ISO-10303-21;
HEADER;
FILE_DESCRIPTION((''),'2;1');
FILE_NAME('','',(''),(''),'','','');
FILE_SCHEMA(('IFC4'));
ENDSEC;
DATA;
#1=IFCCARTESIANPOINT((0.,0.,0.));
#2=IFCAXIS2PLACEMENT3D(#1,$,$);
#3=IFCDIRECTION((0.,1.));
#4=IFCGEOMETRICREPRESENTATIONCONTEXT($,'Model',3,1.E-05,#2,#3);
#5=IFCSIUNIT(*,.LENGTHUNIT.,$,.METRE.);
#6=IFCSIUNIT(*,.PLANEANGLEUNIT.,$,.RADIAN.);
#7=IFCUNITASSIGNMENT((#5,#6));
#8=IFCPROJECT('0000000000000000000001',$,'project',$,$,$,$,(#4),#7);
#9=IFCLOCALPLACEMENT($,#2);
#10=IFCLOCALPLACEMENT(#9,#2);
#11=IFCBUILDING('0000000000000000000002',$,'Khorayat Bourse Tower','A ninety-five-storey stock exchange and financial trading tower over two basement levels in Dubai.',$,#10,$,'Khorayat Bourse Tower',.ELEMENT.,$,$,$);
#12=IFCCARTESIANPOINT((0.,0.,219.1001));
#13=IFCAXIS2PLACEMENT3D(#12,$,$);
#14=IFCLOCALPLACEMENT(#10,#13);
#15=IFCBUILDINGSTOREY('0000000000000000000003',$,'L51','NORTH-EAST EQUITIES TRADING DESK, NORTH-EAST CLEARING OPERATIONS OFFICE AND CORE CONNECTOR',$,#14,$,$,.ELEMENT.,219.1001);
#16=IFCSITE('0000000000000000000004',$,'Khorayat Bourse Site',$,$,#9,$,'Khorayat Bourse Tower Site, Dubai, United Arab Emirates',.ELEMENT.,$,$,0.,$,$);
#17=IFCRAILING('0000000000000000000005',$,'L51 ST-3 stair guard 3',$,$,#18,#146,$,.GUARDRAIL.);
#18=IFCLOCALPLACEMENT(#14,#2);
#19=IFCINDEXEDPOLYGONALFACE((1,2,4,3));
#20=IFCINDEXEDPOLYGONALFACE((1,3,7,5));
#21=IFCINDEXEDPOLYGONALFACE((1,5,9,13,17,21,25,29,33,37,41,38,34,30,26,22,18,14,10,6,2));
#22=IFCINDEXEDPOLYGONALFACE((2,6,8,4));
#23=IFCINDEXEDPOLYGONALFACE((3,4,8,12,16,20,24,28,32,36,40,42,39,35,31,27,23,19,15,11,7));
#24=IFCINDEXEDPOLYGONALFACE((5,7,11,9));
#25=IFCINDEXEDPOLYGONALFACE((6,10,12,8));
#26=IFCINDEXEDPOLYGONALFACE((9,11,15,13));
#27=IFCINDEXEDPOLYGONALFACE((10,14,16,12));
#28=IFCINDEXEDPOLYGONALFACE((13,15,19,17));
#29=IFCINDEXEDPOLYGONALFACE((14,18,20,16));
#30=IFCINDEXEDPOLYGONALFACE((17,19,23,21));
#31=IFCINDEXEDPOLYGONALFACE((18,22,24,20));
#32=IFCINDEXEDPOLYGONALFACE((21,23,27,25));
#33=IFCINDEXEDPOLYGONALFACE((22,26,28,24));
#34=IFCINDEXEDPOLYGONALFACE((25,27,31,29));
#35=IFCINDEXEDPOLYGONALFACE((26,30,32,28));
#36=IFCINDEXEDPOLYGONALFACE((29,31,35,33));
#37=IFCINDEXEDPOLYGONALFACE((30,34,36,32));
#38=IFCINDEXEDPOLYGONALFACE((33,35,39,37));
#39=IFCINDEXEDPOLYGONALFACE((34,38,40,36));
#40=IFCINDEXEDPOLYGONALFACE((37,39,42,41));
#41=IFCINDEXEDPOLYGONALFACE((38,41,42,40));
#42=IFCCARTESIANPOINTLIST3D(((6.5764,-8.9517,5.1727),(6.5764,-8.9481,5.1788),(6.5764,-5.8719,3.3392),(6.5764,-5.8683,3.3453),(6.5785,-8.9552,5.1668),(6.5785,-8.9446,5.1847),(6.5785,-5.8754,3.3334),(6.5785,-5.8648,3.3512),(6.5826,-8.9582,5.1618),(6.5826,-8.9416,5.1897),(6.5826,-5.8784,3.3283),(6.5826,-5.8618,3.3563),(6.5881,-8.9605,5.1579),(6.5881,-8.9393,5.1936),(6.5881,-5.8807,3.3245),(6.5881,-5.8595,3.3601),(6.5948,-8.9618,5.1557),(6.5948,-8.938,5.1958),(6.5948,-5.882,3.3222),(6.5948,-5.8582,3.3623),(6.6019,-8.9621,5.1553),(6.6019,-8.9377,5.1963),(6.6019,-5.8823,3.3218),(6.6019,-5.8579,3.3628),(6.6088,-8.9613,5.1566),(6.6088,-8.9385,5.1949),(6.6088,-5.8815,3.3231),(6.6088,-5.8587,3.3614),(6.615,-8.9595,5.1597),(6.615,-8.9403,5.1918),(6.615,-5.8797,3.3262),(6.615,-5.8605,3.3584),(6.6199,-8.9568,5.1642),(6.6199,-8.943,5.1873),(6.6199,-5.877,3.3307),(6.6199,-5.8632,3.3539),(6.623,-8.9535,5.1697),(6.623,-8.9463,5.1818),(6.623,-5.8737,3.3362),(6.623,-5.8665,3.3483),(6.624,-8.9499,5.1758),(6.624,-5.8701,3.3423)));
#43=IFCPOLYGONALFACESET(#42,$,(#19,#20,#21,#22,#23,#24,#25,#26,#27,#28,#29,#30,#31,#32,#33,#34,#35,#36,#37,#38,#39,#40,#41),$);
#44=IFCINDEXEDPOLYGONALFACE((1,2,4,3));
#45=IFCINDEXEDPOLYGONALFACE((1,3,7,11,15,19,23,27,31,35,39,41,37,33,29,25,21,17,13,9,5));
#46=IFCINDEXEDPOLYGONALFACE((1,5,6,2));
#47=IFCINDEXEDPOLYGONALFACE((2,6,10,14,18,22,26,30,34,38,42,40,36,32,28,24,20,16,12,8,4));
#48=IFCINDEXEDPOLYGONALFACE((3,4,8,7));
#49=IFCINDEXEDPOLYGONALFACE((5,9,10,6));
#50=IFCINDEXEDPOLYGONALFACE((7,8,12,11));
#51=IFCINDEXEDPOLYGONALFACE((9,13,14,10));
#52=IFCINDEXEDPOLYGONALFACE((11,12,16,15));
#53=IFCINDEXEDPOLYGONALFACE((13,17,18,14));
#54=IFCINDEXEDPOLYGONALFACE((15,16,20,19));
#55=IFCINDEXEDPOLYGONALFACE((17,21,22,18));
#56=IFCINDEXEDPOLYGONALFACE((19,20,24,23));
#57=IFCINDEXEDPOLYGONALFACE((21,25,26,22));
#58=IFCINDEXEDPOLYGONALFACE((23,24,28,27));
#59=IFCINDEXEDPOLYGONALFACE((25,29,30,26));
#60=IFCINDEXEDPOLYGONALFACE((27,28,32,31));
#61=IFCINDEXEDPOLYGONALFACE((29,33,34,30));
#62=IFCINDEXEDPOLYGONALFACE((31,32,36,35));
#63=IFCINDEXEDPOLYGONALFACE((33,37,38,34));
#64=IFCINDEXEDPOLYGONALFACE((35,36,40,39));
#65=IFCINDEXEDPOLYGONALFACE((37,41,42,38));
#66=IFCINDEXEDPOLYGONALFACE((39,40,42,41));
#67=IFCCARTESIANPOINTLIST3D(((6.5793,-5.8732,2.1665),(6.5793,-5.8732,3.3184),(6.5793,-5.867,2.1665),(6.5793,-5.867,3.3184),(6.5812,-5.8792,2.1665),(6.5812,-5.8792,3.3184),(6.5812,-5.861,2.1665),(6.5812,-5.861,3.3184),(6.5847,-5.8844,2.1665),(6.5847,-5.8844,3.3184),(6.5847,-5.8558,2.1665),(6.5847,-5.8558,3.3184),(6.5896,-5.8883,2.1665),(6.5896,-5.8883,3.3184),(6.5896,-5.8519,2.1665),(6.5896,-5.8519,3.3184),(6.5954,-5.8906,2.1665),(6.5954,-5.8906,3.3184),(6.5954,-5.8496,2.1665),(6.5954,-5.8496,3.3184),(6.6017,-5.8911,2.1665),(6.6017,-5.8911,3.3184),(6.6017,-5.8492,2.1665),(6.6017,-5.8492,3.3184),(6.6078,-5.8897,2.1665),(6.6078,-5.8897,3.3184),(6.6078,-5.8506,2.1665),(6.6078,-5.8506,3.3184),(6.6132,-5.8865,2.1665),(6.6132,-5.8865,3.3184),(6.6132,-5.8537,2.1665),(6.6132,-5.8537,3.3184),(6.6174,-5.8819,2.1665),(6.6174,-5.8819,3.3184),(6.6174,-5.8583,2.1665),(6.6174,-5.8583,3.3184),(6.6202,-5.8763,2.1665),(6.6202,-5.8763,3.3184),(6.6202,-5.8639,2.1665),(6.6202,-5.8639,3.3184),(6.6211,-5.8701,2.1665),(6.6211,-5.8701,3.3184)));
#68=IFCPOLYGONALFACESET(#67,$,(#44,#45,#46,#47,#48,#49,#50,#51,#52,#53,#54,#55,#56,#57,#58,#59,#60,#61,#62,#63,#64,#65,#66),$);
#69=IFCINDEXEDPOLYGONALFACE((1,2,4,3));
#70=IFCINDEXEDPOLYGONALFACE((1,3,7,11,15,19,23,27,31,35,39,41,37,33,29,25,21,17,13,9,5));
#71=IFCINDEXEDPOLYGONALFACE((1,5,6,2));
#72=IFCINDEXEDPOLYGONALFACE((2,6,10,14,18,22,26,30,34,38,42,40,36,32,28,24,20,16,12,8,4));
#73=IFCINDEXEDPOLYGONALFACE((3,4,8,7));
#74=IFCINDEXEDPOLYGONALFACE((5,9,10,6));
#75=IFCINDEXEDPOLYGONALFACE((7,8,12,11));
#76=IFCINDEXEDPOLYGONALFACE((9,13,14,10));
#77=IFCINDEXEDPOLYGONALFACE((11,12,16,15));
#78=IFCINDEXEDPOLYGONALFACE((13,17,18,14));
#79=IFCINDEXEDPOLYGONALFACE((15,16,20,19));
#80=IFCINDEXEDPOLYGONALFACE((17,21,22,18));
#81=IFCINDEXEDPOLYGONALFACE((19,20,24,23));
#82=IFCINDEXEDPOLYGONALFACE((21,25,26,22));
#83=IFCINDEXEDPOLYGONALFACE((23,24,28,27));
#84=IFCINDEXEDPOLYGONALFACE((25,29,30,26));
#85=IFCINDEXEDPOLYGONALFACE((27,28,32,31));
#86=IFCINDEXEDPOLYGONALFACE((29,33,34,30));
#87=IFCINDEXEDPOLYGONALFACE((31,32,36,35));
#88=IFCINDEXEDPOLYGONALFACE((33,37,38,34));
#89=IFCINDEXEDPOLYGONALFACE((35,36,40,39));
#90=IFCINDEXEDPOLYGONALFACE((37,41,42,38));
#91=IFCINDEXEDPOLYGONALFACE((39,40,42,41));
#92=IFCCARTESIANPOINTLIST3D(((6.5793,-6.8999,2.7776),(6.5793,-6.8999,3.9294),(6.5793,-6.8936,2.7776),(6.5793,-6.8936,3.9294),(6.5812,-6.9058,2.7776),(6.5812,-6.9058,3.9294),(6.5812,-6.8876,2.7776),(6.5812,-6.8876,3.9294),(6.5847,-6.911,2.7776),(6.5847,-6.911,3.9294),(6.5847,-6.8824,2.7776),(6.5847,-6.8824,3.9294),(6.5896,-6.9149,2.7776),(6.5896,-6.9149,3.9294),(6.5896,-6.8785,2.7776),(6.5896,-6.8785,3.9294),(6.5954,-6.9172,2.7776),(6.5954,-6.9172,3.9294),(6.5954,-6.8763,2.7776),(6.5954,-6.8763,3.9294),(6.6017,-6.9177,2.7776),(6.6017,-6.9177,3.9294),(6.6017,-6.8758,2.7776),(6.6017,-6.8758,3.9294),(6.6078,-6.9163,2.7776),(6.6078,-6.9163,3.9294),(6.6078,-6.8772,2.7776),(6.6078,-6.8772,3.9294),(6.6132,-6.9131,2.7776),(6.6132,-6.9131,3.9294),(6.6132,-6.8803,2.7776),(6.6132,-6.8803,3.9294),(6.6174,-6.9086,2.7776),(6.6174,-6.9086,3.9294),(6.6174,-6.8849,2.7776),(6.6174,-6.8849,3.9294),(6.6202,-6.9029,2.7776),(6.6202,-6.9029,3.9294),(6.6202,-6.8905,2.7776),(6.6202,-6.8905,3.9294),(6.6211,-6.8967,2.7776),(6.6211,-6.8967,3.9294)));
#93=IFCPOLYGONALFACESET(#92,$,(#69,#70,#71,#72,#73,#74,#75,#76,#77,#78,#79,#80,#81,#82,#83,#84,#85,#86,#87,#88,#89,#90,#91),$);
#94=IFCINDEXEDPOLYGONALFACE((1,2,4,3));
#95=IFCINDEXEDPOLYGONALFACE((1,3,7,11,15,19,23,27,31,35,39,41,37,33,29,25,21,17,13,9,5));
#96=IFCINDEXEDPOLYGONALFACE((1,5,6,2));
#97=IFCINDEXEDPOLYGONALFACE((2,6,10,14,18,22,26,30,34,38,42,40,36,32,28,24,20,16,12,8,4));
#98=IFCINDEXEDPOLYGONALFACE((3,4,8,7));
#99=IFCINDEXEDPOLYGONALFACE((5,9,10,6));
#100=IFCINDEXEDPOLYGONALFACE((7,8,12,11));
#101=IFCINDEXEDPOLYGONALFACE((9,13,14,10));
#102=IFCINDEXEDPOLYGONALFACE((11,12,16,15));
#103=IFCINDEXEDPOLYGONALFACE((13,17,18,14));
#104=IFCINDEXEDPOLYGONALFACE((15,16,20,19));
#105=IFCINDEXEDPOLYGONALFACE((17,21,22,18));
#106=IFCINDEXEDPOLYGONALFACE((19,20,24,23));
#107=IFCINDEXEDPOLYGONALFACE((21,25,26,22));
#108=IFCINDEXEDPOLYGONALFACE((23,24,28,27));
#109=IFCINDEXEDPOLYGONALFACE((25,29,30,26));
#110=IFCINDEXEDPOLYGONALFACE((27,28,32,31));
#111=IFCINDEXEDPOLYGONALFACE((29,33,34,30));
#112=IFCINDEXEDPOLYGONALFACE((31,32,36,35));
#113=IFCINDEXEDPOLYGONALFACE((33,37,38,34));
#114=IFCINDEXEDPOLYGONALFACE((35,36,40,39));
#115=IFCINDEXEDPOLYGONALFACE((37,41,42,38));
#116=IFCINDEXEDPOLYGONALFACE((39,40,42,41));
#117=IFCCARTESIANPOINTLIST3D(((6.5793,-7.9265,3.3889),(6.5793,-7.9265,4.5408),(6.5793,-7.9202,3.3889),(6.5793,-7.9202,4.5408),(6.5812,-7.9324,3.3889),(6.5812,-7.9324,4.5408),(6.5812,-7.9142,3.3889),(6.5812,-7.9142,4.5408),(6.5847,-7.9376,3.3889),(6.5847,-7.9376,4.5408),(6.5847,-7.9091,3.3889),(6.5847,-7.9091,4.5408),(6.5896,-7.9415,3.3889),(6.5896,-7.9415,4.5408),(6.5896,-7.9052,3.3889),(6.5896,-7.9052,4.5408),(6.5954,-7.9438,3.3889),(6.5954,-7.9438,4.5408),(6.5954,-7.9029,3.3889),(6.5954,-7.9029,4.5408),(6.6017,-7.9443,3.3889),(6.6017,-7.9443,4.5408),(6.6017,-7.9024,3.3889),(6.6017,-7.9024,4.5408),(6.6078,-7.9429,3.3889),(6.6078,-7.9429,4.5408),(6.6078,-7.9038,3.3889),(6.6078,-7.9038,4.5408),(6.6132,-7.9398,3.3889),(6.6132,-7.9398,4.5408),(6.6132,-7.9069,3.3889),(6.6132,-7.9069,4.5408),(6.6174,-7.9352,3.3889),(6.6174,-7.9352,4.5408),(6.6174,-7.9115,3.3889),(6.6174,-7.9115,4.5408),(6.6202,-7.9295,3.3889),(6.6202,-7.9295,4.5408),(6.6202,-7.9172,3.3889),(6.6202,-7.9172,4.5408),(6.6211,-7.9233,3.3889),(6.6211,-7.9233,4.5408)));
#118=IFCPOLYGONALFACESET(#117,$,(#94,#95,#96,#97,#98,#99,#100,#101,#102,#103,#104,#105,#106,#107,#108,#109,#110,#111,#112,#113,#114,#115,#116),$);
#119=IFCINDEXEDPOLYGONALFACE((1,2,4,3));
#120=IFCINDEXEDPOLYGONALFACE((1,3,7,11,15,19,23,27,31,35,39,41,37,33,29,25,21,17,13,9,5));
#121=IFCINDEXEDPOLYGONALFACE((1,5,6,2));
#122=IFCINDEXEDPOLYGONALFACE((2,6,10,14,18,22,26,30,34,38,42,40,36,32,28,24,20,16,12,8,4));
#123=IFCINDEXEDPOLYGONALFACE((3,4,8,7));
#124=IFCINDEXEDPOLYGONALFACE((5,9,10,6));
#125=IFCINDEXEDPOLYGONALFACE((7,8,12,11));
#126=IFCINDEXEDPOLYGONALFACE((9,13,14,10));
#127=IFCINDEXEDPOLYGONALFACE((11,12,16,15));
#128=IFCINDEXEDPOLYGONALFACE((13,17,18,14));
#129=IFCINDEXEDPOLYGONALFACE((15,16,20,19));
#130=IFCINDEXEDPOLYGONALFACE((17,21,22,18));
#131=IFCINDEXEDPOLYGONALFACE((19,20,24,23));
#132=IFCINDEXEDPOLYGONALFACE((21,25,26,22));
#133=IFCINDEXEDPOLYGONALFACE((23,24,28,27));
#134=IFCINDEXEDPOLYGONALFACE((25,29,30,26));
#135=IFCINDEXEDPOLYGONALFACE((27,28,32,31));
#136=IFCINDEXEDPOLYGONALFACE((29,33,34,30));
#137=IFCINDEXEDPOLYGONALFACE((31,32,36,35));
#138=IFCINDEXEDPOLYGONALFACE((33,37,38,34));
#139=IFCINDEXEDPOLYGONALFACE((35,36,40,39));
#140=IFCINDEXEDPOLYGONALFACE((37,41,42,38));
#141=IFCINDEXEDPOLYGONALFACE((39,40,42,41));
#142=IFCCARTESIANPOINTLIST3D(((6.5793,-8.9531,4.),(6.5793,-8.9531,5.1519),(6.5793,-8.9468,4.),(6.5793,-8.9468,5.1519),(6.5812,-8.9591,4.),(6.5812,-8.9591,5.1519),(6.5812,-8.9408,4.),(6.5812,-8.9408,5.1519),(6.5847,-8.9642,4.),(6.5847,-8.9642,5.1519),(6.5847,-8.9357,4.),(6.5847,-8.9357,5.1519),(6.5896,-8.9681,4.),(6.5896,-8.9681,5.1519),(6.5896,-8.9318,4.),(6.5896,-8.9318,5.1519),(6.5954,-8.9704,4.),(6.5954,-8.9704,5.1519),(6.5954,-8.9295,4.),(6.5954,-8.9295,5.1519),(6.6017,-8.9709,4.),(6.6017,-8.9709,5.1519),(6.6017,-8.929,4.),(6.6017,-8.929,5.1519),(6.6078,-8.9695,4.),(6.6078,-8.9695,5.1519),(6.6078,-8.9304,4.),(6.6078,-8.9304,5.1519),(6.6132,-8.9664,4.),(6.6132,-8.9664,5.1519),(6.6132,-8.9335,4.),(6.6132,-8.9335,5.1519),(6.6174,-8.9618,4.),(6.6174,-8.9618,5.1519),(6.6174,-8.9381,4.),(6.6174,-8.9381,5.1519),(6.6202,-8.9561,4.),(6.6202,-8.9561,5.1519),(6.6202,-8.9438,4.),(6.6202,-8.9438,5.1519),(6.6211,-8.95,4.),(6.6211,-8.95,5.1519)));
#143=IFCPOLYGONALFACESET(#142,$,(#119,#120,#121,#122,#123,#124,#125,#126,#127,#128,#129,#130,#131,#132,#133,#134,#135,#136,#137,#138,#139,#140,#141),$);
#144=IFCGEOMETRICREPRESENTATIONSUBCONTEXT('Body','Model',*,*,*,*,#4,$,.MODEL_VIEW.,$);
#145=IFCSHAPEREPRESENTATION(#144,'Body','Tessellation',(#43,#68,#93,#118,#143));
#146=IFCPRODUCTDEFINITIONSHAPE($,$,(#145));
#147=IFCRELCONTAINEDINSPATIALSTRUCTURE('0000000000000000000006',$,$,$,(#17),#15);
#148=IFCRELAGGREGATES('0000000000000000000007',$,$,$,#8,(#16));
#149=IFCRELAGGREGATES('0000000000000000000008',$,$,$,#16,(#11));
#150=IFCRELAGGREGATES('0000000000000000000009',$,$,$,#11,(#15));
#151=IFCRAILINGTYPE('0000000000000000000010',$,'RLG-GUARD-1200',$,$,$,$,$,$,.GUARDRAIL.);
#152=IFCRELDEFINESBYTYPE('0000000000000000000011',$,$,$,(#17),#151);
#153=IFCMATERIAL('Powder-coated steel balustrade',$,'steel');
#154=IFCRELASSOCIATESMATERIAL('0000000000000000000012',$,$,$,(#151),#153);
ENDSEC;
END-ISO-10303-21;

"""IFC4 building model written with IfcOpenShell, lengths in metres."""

from ifc_helpers import new_model, si_unit, direction, frame, origin, origin_2d, place, context, subcontext, project, spatial, circle, extrude, source, transform, mapped, material, type_object, element, save


model = new_model("IFC4")

# Units and contexts
model_context = context("Model", 3, precision=1e-05, world=origin(), true_north=direction((0.0, 1.0)))
body_context = subcontext(model_context, "Body", "Model", "MODEL_VIEW")
ifc_project = project(units=[si_unit("LENGTHUNIT", "METRE"), si_unit("PLANEANGLEUNIT", "RADIAN")], contexts=[model_context])

# Site, building, storey
site_placement = place(None, origin())
site = spatial("IfcSite", under=ifc_project, at=site_placement, Name="Khorayat Bourse Site", LongName="Khorayat Bourse Tower Site, Dubai, United Arab Emirates", CompositionType="ELEMENT", RefElevation=0.0)
building_placement = place(site_placement, origin())
building = spatial("IfcBuilding", under=site, at=building_placement, Name="Khorayat Bourse Tower", Description="A ninety-five-storey stock exchange and financial trading tower over two basement levels in Dubai.", LongName="Khorayat Bourse Tower", CompositionType="ELEMENT")
storey_placement = place(building_placement, frame((0.0, 0.0, 219.1001)))
storey = spatial("IfcBuildingStorey", under=building, at=storey_placement, Name="L51", Description="NORTH-EAST EQUITIES TRADING DESK, NORTH-EAST CLEARING OPERATIONS OFFICE AND CORE CONNECTOR", CompositionType="ELEMENT", Elevation=219.1001)

# Railing
ifc_material_1 = material(Name="Powder-coated steel balustrade", Category="steel")
railing_type_1 = type_object("IfcRailingType", Name="RLG-GUARD-1200", PredefinedType="GUARDRAIL", material=ifc_material_1)
shared_shape_1 = source(origin(), body_context, "Body", "SweptSolid", [
    extrude(circle(Radius=0.0239, at=origin_2d()), frame((0.0, 0.0, 1.1758), z_axis=(0.0, -0.859261, 0.511538), x_axis=(1.0, 0.0, 0.0)), (0.0, 0.0, 1.0), 3.5842),
    extrude(circle(Radius=0.021, at=origin_2d()), origin(), (0.0, 0.0, 1.0), 1.1519),
    extrude(circle(Radius=0.021, at=origin_2d()), frame((0.0, -1.0266, 0.6111)), (0.0, 0.0, 1.0), 1.1519),
    extrude(circle(Radius=0.021, at=origin_2d()), frame((0.0, -2.0532, 1.2224)), (0.0, 0.0, 1.0), 1.1519),
    extrude(circle(Radius=0.021, at=origin_2d()), frame((0.0, -3.0798, 1.8335)), (0.0, 0.0, 1.0), 1.1519),
])
railing_1_placement = place(storey_placement, frame((6.6001, -5.8701, 2.1665)))
element("IfcRailing", 1, at=railing_1_placement, inside=storey, type_object=railing_type_1, Name="L51 ST-3 stair guard 3", PredefinedType="GUARDRAIL", context=body_context, shape_type="MappedRepresentation", body=[
    mapped(shared_shape_1, transform((0.0, 0.0, 0.0), scale=1.0)),
])

save(model, "model.ifc")
